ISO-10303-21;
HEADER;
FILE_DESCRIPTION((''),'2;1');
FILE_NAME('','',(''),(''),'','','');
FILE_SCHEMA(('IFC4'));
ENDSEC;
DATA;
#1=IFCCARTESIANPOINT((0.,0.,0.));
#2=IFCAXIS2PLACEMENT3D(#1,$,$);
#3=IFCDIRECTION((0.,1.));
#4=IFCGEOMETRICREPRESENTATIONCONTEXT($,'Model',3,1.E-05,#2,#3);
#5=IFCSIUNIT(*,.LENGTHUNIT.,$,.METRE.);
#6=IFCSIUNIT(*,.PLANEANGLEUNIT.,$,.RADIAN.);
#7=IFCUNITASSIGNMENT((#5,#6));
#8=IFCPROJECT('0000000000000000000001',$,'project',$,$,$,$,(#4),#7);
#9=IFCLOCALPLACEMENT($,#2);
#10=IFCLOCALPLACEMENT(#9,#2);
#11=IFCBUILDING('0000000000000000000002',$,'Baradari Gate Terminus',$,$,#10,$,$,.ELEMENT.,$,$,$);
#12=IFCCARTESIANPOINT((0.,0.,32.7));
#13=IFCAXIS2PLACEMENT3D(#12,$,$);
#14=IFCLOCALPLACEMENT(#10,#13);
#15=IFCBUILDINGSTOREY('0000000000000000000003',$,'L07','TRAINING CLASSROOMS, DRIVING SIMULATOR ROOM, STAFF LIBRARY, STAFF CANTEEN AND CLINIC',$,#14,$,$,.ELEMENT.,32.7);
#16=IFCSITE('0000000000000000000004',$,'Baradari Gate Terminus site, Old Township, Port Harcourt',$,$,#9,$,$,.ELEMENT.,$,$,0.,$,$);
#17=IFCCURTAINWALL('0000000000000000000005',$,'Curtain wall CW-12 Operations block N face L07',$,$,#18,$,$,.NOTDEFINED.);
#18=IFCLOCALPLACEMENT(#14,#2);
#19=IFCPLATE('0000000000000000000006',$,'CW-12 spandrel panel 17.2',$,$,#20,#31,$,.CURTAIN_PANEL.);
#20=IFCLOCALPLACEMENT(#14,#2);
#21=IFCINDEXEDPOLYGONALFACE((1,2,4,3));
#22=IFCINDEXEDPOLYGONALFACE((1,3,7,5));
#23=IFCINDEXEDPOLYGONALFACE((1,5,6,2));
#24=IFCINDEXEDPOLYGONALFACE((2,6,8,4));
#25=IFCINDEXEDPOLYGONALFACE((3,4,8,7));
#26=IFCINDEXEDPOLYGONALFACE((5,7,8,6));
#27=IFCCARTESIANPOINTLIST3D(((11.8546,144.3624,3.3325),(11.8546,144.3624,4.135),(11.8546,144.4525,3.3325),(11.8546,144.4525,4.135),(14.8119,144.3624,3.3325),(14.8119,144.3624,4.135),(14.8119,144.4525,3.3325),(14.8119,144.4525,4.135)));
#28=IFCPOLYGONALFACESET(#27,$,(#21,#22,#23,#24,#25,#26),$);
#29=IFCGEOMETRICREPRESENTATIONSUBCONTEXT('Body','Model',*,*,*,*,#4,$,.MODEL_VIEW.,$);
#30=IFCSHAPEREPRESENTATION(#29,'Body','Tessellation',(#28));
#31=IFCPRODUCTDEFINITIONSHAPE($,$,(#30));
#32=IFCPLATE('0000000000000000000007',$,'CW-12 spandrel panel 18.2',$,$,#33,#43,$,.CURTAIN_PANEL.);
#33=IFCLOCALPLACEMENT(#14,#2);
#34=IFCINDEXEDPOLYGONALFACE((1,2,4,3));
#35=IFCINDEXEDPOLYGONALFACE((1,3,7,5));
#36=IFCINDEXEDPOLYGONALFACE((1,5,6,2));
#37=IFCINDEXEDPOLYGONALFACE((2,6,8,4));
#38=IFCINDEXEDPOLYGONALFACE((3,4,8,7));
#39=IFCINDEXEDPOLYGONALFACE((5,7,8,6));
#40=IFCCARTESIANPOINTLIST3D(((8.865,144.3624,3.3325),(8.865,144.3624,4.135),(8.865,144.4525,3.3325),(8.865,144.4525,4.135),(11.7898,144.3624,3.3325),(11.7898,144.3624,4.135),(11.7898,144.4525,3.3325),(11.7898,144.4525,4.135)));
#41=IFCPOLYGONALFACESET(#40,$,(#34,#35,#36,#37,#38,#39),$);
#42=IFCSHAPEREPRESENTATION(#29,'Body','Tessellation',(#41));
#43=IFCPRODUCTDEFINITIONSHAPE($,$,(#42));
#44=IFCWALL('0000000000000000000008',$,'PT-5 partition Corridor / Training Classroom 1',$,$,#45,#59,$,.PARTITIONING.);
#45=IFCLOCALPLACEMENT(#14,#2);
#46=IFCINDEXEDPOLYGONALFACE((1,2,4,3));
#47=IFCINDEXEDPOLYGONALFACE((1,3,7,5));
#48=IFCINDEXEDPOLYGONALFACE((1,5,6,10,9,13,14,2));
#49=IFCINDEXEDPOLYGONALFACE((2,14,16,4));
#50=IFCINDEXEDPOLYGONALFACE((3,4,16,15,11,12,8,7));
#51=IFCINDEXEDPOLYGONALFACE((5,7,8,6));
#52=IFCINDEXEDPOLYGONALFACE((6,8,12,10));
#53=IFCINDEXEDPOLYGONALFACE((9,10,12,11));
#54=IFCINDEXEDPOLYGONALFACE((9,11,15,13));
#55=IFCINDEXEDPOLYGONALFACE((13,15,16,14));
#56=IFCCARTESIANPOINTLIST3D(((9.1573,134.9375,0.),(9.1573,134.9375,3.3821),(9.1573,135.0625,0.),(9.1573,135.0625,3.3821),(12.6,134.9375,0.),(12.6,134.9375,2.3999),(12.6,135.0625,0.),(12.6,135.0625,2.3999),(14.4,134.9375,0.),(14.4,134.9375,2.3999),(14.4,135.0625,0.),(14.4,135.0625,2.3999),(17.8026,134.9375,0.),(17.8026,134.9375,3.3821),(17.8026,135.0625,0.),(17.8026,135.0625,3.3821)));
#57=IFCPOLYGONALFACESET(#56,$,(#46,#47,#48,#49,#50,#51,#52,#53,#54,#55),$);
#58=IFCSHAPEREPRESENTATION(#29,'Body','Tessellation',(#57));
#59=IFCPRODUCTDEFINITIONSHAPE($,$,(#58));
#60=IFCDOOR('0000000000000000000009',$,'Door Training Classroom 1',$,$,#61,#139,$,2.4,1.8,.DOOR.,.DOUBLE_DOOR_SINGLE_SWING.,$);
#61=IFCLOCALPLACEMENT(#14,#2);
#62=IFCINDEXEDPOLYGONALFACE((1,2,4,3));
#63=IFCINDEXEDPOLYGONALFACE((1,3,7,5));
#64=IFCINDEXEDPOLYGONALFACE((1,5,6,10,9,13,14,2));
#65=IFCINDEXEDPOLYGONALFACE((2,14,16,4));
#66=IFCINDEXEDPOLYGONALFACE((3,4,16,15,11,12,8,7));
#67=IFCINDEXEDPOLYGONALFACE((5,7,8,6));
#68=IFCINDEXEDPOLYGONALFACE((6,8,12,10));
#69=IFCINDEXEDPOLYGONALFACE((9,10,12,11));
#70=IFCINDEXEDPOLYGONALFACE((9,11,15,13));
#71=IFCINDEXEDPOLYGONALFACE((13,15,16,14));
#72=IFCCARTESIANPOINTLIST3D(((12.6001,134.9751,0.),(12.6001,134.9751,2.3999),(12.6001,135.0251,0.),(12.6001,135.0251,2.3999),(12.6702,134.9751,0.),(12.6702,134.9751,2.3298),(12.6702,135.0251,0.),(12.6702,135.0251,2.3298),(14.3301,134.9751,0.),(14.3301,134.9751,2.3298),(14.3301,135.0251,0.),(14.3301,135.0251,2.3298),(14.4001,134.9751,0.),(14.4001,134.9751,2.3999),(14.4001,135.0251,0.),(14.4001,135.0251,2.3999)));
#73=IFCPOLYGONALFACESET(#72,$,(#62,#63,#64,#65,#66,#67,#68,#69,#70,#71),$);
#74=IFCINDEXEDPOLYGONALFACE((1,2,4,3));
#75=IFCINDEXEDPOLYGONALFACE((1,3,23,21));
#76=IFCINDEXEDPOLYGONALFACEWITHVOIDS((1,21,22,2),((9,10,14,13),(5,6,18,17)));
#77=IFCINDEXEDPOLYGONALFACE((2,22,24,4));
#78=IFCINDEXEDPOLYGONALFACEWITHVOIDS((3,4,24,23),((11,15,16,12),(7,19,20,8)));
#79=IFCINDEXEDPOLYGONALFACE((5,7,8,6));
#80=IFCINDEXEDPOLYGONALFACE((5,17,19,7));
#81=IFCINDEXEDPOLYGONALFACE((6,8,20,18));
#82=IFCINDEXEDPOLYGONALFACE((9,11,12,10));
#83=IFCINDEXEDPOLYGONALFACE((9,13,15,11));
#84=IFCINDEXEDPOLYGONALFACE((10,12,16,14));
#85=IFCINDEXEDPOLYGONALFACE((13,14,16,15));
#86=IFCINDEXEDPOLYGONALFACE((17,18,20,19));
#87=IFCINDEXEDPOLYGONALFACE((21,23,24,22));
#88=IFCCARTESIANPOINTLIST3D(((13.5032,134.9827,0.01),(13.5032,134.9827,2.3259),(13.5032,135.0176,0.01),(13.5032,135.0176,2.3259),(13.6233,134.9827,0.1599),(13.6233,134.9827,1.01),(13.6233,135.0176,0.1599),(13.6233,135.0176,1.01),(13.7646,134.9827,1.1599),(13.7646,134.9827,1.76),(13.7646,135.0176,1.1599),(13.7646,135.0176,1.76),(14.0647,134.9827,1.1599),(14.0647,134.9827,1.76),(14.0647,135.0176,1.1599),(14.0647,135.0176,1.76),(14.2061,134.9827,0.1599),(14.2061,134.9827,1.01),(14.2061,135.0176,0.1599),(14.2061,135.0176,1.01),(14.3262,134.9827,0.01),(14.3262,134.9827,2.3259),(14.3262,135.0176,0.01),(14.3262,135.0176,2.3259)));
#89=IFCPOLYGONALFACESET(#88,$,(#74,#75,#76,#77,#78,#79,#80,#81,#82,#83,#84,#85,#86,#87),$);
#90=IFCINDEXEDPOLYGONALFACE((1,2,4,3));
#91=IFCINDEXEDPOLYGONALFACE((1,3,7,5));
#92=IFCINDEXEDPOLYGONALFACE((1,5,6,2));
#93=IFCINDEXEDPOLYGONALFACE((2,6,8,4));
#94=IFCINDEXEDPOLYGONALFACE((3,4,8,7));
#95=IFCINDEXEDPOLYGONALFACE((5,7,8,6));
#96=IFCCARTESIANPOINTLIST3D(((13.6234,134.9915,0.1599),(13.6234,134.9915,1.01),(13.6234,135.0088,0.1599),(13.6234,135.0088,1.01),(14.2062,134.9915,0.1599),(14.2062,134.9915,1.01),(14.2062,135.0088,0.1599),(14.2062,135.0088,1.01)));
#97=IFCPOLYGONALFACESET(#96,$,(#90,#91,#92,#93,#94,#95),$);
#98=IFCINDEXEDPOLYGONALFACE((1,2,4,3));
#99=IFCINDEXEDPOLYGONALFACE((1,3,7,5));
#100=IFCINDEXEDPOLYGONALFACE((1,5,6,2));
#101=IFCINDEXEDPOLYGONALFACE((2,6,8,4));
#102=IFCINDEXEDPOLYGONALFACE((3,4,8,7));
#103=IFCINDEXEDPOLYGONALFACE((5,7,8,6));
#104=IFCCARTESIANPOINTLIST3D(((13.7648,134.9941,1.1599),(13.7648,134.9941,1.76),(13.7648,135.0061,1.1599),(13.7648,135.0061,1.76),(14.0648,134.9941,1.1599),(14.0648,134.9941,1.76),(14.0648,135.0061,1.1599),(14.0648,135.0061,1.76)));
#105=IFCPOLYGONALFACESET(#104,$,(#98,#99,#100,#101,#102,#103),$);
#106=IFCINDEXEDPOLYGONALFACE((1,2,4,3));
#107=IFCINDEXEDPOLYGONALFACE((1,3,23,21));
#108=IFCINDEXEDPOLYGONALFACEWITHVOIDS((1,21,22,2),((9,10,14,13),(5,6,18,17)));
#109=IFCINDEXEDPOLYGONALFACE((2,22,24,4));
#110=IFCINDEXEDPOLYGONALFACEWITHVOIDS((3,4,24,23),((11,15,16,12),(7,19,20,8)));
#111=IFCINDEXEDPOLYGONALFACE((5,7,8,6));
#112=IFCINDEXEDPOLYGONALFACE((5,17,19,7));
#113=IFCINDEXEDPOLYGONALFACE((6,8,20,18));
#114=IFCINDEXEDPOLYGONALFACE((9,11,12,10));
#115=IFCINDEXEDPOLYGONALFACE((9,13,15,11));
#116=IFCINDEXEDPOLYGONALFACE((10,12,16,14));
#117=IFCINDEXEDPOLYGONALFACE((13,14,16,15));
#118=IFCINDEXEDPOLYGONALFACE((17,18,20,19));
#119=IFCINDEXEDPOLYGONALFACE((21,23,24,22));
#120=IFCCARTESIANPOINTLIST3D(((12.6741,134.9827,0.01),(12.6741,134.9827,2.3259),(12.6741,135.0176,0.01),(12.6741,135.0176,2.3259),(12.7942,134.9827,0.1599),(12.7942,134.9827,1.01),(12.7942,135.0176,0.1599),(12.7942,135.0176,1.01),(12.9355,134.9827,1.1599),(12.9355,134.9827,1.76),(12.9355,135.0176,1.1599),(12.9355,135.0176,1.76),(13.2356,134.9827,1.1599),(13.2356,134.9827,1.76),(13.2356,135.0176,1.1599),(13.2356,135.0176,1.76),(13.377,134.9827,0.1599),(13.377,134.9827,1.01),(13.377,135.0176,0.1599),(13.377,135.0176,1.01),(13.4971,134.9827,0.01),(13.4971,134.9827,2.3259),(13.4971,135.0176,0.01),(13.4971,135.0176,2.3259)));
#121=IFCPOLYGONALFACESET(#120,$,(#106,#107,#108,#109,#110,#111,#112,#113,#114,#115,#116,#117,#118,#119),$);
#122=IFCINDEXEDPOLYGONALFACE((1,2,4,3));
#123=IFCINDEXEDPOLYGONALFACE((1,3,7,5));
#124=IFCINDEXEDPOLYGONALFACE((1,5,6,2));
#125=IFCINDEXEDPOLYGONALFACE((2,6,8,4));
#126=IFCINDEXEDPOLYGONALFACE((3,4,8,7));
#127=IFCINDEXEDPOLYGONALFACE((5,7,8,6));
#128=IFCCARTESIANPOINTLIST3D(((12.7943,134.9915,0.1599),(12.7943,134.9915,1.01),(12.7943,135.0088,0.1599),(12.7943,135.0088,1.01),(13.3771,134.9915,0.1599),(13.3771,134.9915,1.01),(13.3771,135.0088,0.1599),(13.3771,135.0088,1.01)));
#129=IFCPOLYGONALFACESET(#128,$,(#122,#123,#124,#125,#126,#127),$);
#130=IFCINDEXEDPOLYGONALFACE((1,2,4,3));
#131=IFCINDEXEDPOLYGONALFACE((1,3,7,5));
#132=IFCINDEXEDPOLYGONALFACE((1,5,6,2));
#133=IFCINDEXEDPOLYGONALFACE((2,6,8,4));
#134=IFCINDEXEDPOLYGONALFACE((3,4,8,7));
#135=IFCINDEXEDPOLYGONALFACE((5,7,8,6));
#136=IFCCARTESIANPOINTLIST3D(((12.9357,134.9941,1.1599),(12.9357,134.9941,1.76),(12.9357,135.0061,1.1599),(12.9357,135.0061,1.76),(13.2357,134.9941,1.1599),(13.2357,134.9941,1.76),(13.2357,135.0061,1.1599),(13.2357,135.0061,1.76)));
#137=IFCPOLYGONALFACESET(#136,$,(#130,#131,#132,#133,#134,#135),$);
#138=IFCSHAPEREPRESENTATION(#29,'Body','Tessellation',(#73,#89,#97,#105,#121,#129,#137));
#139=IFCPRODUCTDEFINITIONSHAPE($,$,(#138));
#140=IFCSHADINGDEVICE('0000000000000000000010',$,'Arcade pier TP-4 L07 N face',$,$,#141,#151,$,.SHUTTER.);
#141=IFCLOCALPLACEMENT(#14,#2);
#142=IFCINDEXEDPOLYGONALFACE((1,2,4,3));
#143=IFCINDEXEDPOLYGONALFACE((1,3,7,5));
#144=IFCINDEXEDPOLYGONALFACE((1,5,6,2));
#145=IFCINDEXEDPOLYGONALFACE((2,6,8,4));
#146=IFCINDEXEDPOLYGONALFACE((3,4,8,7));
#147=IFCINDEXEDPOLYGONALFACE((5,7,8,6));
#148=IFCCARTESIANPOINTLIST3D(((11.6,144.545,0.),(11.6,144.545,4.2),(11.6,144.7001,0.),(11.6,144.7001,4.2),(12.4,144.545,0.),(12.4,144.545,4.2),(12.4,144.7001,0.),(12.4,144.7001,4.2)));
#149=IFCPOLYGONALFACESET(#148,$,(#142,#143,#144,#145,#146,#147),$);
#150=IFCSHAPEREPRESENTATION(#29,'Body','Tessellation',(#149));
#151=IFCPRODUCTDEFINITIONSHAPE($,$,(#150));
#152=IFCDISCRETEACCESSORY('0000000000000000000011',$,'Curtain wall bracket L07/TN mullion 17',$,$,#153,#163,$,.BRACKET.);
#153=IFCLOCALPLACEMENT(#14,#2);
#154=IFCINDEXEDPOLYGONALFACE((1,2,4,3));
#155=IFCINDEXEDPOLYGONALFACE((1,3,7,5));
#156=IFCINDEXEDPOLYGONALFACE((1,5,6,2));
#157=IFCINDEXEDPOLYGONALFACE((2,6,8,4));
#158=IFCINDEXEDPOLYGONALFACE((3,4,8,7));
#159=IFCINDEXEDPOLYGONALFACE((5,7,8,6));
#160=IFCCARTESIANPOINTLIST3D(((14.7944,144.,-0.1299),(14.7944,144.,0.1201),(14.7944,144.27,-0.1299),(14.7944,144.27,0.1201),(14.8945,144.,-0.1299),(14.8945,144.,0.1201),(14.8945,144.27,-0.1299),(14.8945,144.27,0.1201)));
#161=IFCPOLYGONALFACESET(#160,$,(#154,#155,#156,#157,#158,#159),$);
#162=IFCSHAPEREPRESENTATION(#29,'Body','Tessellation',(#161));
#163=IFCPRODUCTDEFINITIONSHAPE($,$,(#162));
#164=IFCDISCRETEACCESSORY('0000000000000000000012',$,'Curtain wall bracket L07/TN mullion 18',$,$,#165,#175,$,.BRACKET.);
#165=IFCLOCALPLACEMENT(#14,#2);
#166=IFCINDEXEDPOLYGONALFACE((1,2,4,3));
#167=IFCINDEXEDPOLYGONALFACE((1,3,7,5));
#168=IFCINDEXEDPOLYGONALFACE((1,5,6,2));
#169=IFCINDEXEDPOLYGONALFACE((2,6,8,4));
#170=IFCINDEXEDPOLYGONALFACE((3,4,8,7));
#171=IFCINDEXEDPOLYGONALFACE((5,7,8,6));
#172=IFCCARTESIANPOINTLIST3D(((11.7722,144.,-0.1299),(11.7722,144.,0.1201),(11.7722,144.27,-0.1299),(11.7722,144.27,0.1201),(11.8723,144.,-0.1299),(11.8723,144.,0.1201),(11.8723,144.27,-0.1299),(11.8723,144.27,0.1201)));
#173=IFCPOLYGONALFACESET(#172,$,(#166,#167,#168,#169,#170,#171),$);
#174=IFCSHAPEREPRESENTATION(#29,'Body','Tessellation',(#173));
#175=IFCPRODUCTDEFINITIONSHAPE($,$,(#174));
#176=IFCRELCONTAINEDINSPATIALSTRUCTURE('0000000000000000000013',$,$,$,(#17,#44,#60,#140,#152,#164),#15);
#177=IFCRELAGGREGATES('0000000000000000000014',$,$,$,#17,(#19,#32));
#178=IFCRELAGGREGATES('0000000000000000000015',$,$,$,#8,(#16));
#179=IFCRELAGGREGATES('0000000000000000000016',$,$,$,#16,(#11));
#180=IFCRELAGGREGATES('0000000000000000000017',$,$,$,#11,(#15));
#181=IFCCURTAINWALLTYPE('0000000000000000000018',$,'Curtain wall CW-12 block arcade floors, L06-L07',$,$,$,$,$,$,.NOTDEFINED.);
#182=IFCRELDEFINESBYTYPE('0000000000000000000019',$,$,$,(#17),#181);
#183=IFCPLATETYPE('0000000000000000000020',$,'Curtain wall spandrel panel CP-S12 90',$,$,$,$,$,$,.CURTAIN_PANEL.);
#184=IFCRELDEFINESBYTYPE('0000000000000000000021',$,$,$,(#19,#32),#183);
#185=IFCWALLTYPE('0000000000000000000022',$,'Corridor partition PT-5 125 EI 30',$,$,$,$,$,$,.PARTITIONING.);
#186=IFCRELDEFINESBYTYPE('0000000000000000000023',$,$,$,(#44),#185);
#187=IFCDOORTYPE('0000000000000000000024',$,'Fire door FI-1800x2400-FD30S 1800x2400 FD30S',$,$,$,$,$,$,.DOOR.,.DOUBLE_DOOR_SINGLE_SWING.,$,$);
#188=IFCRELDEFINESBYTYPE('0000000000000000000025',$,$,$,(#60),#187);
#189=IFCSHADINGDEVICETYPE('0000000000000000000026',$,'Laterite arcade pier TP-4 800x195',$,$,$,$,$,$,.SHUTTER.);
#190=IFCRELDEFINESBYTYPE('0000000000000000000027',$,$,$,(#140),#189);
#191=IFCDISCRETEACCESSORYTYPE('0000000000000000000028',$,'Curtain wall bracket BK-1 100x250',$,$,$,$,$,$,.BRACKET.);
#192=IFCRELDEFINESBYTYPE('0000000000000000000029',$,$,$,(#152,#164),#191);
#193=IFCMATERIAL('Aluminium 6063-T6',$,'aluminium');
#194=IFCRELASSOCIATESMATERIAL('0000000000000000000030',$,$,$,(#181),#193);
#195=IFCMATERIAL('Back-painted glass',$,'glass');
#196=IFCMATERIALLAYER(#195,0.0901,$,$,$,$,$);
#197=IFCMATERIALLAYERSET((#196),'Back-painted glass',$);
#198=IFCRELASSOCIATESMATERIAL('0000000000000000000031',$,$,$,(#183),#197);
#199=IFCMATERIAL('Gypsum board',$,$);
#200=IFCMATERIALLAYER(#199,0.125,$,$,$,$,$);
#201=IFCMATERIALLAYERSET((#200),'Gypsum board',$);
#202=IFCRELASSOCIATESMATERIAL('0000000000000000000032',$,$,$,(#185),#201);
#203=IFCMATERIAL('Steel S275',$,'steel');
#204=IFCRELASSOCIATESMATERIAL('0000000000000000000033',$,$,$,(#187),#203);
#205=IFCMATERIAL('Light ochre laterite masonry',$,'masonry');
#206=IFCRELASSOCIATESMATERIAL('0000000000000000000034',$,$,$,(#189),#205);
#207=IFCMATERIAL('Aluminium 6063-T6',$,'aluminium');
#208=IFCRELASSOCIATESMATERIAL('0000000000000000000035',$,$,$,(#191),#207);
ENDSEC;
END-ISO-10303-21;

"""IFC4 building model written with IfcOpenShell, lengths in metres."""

from ifc_helpers import new_model, si_unit, direction, frame, frame_2d, origin, origin_2d, place, context, subcontext, project, spatial, polyline, rectangle, outline, extrude, material, layer, layer_set, type_object, element, fill, aggregate, save


model = new_model("IFC4")

# Units and contexts
model_context = context("Model", 3, precision=1e-05, world=origin(), true_north=direction((0.0, 1.0)))
body_context = subcontext(model_context, "Body", "Model", "MODEL_VIEW")
ifc_project = project(units=[si_unit("LENGTHUNIT", "METRE"), si_unit("PLANEANGLEUNIT", "RADIAN")], contexts=[model_context])

# Site, building, storey
site_placement = place(None, origin())
site = spatial("IfcSite", under=ifc_project, at=site_placement, Name="Baradari Gate Terminus site, Old Township, Port Harcourt", CompositionType="ELEMENT", RefElevation=0.0)
building_placement = place(site_placement, origin())
building = spatial("IfcBuilding", under=site, at=building_placement, Name="Baradari Gate Terminus", CompositionType="ELEMENT")
storey_placement = place(building_placement, frame((0.0, 0.0, 32.7)))
storey = spatial("IfcBuildingStorey", under=building, at=storey_placement, Name="L07", Description="TRAINING CLASSROOMS, DRIVING SIMULATOR ROOM, STAFF LIBRARY, STAFF CANTEEN AND CLINIC", CompositionType="ELEMENT", Elevation=32.7)

# Curtain wall
ifc_material_1 = material(Name="Aluminium 6063-T6", Category="aluminium")
curtain_wall_type = type_object("IfcCurtainWallType", Name="Curtain wall CW-12 block arcade floors, L06-L07", PredefinedType="NOTDEFINED", material=ifc_material_1)
curtain_wall_placement = place(storey_placement, origin())
curtain_wall = element("IfcCurtainWall", 1, at=curtain_wall_placement, inside=storey, type_object=curtain_wall_type, Name="Curtain wall CW-12 Operations block N face L07", PredefinedType="NOTDEFINED")

# Plates
ifc_material_2 = material(Name="Back-painted glass", Category="glass")
ifc_layer_1 = layer(ifc_material_2, 0.0901)
ifc_layer_set_1 = layer_set([ifc_layer_1], Name="Back-painted glass")
plate_type_1 = type_object("IfcPlateType", Name="Curtain wall spandrel panel CP-S12 90", PredefinedType="CURTAIN_PANEL", material=ifc_layer_set_1)
plate_1_placement = place(storey_placement, frame((13.3333, 144.4075, 3.3325), z_axis=(0.0, 0.0, 1.0), x_axis=(-1.0, 0.0, 0.0)))
plate_1 = element("IfcPlate", 2, at=plate_1_placement, type_object=plate_type_1, Name="CW-12 spandrel panel 17.2", PredefinedType="CURTAIN_PANEL", context=body_context, shape_type="SweptSolid", body=[
    extrude(rectangle(XDim=2.9573, YDim=0.0901, at=origin_2d()), origin(), (0.0, 0.0, 1.0), 0.8025),
])
plate_2_placement = place(storey_placement, frame((10.3274, 144.4075, 3.3325), z_axis=(0.0, 0.0, 1.0), x_axis=(-1.0, 0.0, 0.0)))
plate_2 = element("IfcPlate", 3, at=plate_2_placement, type_object=plate_type_1, Name="CW-12 spandrel panel 18.2", PredefinedType="CURTAIN_PANEL", context=body_context, shape_type="SweptSolid", body=[
    extrude(rectangle(XDim=2.9248, YDim=0.0901, at=origin_2d()), origin(), (0.0, 0.0, 1.0), 0.8025),
])
aggregate(curtain_wall, [plate_1, plate_2])

# Wall, opening, door
ifc_material_3 = material(Name="Gypsum board")
ifc_layer_2 = layer(ifc_material_3, 0.125)
ifc_layer_set_2 = layer_set([ifc_layer_2], Name="Gypsum board")
wall_type = type_object("IfcWallType", Name="Corridor partition PT-5 125 EI 30", PredefinedType="PARTITIONING", material=ifc_layer_set_2)
wall_placement = place(storey_placement, frame((9.1572, 135.0, 0.0), z_axis=(0.0, 0.0, 1.0), x_axis=(1.0, 0.0, 0.0)))
wall = element("IfcWall", 4, at=wall_placement, inside=storey, type_object=wall_type, Name="PT-5 partition Corridor / Training Classroom 1", PredefinedType="PARTITIONING", context=body_context, shape_type="SweptSolid", body=[
    extrude(rectangle(XDim=8.6453, YDim=0.125, at=frame_2d((4.3228, 0.0))), origin(), (0.0, 0.0, 1.0), 3.3821),
])
opening_placement = place(wall_placement, frame((3.4429, 0.0, 0.0)))
opening = element("IfcOpeningElement", 5, at=opening_placement, cuts=wall, PredefinedType="OPENING", context=body_context, shape_type="SweptSolid", body=[
    extrude(rectangle(XDim=1.8, YDim=2.3999, at=frame_2d((0.8999, 1.2))), frame((0.0, 0.0725, 0.0), z_axis=(0.0, -1.0, 0.0), x_axis=(1.0, 0.0, 0.0)), (0.0, 0.0, 1.0), 0.145),
])
ifc_material_4 = material(Name="Steel S275", Category="steel")
door_type = type_object("IfcDoorType", Name="Fire door FI-1800x2400-FD30S 1800x2400 FD30S", OperationType="DOUBLE_DOOR_SINGLE_SWING", PredefinedType="DOOR", material=ifc_material_4)
door_placement = place(opening_placement, frame((1.8, 0.0, 0.0), z_axis=(0.0, 0.0, 1.0), x_axis=(-1.0, 0.0, 0.0)))
door = element("IfcDoor", 6, at=door_placement, inside=storey, type_object=door_type, Name="Door Training Classroom 1", OperationType="DOUBLE_DOOR_SINGLE_SWING", OverallHeight=2.4, OverallWidth=1.8, PredefinedType="DOOR", context=body_context, shape_type="SweptSolid", body=[
    extrude(outline(polyline([(0.0, 0.0), (0.0701, 0.0), (0.0701, 2.3298), (1.73, 2.3298), (1.73, 0.0), (1.8, 0.0), (1.8, 2.3999), (0.0, 2.3999), (0.0, 0.0)])), frame((0.0, 0.0249, 0.0), z_axis=(0.0, -1.0, 0.0), x_axis=(1.0, 0.0, 0.0)), (0.0, 0.0, 1.0), 0.05),
    extrude(outline(polyline([(0.074, 0.01), (0.897, 0.01), (0.897, 2.3259), (0.074, 2.3259), (0.074, 0.01)]), holes=[polyline([(0.1941, 0.1599), (0.7769, 0.1599), (0.7769, 1.01), (0.1941, 1.01), (0.1941, 0.1599)]), polyline([(0.3354, 1.1599), (0.6355, 1.1599), (0.6355, 1.76), (0.3354, 1.76), (0.3354, 1.1599)])]), frame((0.0, 0.0173, 0.0), z_axis=(0.0, -1.0, 0.0), x_axis=(1.0, 0.0, 0.0)), (0.0, 0.0, 1.0), 0.0349),
    extrude(rectangle(XDim=0.5828, YDim=0.8501, at=frame_2d((0.4854, 0.585))), frame((0.0, 0.0085, 0.0), z_axis=(0.0, -1.0, 0.0), x_axis=(1.0, 0.0, 0.0)), (0.0, 0.0, 1.0), 0.0173),
    extrude(rectangle(XDim=0.3, YDim=0.6001, at=frame_2d((0.4854, 1.46))), frame((0.0, 0.0059, 0.0), z_axis=(0.0, -1.0, 0.0), x_axis=(1.0, 0.0, 0.0)), (0.0, 0.0, 1.0), 0.012),
    extrude(outline(polyline([(0.9031, 0.01), (1.7261, 0.01), (1.7261, 2.3259), (0.9031, 2.3259), (0.9031, 0.01)]), holes=[polyline([(1.0232, 0.1599), (1.606, 0.1599), (1.606, 1.01), (1.0232, 1.01), (1.0232, 0.1599)]), polyline([(1.1646, 1.1599), (1.4646, 1.1599), (1.4646, 1.76), (1.1646, 1.76), (1.1646, 1.1599)])]), frame((0.0, 0.0173, 0.0), z_axis=(0.0, -1.0, 0.0), x_axis=(1.0, 0.0, 0.0)), (0.0, 0.0, 1.0), 0.0349),
    extrude(rectangle(XDim=0.5828, YDim=0.8501, at=frame_2d((1.3145, 0.585))), frame((0.0, 0.0085, 0.0), z_axis=(0.0, -1.0, 0.0), x_axis=(1.0, 0.0, 0.0)), (0.0, 0.0, 1.0), 0.0173),
    extrude(rectangle(XDim=0.3, YDim=0.6001, at=frame_2d((1.3145, 1.46))), frame((0.0, 0.0059, 0.0), z_axis=(0.0, -1.0, 0.0), x_axis=(1.0, 0.0, 0.0)), (0.0, 0.0, 1.0), 0.012),
])
fill(opening, door)

# Shading device
ifc_material_5 = material(Name="Light ochre laterite masonry", Category="masonry")
shading_device_type = type_object("IfcShadingDeviceType", Name="Laterite arcade pier TP-4 800x195", PredefinedType="SHUTTER", material=ifc_material_5)
shading_device_placement = place(storey_placement, frame((12.0, 144.6226, 0.0), z_axis=(0.0, 0.0, 1.0), x_axis=(-1.0, 0.0, 0.0)))
element("IfcShadingDevice", 7, at=shading_device_placement, inside=storey, type_object=shading_device_type, Name="Arcade pier TP-4 L07 N face", PredefinedType="SHUTTER", context=body_context, shape_type="SweptSolid", body=[
    extrude(rectangle(XDim=0.8, YDim=0.155, at=origin_2d()), origin(), (0.0, 0.0, 1.0), 4.2),
])

# Discrete accessories
ifc_material_6 = material(Name="Aluminium 6063-T6", Category="aluminium")
discrete_accessory_type = type_object("IfcDiscreteAccessoryType", Name="Curtain wall bracket BK-1 100x250", PredefinedType="BRACKET", material=ifc_material_6)
for number, where, z_axis, x_axis, name in (
    (8, (14.8445, 144.135, -0.1299), (0.0, 0.0, 1.0), (0.0, 1.0, 0.0), "Curtain wall bracket L07/TN mullion 17"),
    (9, (11.8223, 144.135, -0.1299), (0.0, 0.0, 1.0), (0.0, 1.0, 0.0), "Curtain wall bracket L07/TN mullion 18"),
):
    element("IfcDiscreteAccessory", number, at=place(storey_placement, frame(where, z_axis=z_axis, x_axis=x_axis)), inside=storey, type_object=discrete_accessory_type, Name=name, PredefinedType="BRACKET", context=body_context, shape_type="SweptSolid", body=[
        extrude(rectangle(XDim=0.27, YDim=0.1001, at=origin_2d()), origin(), (0.0, 0.0, 1.0), 0.25),
    ])

save(model, "model.ifc")
